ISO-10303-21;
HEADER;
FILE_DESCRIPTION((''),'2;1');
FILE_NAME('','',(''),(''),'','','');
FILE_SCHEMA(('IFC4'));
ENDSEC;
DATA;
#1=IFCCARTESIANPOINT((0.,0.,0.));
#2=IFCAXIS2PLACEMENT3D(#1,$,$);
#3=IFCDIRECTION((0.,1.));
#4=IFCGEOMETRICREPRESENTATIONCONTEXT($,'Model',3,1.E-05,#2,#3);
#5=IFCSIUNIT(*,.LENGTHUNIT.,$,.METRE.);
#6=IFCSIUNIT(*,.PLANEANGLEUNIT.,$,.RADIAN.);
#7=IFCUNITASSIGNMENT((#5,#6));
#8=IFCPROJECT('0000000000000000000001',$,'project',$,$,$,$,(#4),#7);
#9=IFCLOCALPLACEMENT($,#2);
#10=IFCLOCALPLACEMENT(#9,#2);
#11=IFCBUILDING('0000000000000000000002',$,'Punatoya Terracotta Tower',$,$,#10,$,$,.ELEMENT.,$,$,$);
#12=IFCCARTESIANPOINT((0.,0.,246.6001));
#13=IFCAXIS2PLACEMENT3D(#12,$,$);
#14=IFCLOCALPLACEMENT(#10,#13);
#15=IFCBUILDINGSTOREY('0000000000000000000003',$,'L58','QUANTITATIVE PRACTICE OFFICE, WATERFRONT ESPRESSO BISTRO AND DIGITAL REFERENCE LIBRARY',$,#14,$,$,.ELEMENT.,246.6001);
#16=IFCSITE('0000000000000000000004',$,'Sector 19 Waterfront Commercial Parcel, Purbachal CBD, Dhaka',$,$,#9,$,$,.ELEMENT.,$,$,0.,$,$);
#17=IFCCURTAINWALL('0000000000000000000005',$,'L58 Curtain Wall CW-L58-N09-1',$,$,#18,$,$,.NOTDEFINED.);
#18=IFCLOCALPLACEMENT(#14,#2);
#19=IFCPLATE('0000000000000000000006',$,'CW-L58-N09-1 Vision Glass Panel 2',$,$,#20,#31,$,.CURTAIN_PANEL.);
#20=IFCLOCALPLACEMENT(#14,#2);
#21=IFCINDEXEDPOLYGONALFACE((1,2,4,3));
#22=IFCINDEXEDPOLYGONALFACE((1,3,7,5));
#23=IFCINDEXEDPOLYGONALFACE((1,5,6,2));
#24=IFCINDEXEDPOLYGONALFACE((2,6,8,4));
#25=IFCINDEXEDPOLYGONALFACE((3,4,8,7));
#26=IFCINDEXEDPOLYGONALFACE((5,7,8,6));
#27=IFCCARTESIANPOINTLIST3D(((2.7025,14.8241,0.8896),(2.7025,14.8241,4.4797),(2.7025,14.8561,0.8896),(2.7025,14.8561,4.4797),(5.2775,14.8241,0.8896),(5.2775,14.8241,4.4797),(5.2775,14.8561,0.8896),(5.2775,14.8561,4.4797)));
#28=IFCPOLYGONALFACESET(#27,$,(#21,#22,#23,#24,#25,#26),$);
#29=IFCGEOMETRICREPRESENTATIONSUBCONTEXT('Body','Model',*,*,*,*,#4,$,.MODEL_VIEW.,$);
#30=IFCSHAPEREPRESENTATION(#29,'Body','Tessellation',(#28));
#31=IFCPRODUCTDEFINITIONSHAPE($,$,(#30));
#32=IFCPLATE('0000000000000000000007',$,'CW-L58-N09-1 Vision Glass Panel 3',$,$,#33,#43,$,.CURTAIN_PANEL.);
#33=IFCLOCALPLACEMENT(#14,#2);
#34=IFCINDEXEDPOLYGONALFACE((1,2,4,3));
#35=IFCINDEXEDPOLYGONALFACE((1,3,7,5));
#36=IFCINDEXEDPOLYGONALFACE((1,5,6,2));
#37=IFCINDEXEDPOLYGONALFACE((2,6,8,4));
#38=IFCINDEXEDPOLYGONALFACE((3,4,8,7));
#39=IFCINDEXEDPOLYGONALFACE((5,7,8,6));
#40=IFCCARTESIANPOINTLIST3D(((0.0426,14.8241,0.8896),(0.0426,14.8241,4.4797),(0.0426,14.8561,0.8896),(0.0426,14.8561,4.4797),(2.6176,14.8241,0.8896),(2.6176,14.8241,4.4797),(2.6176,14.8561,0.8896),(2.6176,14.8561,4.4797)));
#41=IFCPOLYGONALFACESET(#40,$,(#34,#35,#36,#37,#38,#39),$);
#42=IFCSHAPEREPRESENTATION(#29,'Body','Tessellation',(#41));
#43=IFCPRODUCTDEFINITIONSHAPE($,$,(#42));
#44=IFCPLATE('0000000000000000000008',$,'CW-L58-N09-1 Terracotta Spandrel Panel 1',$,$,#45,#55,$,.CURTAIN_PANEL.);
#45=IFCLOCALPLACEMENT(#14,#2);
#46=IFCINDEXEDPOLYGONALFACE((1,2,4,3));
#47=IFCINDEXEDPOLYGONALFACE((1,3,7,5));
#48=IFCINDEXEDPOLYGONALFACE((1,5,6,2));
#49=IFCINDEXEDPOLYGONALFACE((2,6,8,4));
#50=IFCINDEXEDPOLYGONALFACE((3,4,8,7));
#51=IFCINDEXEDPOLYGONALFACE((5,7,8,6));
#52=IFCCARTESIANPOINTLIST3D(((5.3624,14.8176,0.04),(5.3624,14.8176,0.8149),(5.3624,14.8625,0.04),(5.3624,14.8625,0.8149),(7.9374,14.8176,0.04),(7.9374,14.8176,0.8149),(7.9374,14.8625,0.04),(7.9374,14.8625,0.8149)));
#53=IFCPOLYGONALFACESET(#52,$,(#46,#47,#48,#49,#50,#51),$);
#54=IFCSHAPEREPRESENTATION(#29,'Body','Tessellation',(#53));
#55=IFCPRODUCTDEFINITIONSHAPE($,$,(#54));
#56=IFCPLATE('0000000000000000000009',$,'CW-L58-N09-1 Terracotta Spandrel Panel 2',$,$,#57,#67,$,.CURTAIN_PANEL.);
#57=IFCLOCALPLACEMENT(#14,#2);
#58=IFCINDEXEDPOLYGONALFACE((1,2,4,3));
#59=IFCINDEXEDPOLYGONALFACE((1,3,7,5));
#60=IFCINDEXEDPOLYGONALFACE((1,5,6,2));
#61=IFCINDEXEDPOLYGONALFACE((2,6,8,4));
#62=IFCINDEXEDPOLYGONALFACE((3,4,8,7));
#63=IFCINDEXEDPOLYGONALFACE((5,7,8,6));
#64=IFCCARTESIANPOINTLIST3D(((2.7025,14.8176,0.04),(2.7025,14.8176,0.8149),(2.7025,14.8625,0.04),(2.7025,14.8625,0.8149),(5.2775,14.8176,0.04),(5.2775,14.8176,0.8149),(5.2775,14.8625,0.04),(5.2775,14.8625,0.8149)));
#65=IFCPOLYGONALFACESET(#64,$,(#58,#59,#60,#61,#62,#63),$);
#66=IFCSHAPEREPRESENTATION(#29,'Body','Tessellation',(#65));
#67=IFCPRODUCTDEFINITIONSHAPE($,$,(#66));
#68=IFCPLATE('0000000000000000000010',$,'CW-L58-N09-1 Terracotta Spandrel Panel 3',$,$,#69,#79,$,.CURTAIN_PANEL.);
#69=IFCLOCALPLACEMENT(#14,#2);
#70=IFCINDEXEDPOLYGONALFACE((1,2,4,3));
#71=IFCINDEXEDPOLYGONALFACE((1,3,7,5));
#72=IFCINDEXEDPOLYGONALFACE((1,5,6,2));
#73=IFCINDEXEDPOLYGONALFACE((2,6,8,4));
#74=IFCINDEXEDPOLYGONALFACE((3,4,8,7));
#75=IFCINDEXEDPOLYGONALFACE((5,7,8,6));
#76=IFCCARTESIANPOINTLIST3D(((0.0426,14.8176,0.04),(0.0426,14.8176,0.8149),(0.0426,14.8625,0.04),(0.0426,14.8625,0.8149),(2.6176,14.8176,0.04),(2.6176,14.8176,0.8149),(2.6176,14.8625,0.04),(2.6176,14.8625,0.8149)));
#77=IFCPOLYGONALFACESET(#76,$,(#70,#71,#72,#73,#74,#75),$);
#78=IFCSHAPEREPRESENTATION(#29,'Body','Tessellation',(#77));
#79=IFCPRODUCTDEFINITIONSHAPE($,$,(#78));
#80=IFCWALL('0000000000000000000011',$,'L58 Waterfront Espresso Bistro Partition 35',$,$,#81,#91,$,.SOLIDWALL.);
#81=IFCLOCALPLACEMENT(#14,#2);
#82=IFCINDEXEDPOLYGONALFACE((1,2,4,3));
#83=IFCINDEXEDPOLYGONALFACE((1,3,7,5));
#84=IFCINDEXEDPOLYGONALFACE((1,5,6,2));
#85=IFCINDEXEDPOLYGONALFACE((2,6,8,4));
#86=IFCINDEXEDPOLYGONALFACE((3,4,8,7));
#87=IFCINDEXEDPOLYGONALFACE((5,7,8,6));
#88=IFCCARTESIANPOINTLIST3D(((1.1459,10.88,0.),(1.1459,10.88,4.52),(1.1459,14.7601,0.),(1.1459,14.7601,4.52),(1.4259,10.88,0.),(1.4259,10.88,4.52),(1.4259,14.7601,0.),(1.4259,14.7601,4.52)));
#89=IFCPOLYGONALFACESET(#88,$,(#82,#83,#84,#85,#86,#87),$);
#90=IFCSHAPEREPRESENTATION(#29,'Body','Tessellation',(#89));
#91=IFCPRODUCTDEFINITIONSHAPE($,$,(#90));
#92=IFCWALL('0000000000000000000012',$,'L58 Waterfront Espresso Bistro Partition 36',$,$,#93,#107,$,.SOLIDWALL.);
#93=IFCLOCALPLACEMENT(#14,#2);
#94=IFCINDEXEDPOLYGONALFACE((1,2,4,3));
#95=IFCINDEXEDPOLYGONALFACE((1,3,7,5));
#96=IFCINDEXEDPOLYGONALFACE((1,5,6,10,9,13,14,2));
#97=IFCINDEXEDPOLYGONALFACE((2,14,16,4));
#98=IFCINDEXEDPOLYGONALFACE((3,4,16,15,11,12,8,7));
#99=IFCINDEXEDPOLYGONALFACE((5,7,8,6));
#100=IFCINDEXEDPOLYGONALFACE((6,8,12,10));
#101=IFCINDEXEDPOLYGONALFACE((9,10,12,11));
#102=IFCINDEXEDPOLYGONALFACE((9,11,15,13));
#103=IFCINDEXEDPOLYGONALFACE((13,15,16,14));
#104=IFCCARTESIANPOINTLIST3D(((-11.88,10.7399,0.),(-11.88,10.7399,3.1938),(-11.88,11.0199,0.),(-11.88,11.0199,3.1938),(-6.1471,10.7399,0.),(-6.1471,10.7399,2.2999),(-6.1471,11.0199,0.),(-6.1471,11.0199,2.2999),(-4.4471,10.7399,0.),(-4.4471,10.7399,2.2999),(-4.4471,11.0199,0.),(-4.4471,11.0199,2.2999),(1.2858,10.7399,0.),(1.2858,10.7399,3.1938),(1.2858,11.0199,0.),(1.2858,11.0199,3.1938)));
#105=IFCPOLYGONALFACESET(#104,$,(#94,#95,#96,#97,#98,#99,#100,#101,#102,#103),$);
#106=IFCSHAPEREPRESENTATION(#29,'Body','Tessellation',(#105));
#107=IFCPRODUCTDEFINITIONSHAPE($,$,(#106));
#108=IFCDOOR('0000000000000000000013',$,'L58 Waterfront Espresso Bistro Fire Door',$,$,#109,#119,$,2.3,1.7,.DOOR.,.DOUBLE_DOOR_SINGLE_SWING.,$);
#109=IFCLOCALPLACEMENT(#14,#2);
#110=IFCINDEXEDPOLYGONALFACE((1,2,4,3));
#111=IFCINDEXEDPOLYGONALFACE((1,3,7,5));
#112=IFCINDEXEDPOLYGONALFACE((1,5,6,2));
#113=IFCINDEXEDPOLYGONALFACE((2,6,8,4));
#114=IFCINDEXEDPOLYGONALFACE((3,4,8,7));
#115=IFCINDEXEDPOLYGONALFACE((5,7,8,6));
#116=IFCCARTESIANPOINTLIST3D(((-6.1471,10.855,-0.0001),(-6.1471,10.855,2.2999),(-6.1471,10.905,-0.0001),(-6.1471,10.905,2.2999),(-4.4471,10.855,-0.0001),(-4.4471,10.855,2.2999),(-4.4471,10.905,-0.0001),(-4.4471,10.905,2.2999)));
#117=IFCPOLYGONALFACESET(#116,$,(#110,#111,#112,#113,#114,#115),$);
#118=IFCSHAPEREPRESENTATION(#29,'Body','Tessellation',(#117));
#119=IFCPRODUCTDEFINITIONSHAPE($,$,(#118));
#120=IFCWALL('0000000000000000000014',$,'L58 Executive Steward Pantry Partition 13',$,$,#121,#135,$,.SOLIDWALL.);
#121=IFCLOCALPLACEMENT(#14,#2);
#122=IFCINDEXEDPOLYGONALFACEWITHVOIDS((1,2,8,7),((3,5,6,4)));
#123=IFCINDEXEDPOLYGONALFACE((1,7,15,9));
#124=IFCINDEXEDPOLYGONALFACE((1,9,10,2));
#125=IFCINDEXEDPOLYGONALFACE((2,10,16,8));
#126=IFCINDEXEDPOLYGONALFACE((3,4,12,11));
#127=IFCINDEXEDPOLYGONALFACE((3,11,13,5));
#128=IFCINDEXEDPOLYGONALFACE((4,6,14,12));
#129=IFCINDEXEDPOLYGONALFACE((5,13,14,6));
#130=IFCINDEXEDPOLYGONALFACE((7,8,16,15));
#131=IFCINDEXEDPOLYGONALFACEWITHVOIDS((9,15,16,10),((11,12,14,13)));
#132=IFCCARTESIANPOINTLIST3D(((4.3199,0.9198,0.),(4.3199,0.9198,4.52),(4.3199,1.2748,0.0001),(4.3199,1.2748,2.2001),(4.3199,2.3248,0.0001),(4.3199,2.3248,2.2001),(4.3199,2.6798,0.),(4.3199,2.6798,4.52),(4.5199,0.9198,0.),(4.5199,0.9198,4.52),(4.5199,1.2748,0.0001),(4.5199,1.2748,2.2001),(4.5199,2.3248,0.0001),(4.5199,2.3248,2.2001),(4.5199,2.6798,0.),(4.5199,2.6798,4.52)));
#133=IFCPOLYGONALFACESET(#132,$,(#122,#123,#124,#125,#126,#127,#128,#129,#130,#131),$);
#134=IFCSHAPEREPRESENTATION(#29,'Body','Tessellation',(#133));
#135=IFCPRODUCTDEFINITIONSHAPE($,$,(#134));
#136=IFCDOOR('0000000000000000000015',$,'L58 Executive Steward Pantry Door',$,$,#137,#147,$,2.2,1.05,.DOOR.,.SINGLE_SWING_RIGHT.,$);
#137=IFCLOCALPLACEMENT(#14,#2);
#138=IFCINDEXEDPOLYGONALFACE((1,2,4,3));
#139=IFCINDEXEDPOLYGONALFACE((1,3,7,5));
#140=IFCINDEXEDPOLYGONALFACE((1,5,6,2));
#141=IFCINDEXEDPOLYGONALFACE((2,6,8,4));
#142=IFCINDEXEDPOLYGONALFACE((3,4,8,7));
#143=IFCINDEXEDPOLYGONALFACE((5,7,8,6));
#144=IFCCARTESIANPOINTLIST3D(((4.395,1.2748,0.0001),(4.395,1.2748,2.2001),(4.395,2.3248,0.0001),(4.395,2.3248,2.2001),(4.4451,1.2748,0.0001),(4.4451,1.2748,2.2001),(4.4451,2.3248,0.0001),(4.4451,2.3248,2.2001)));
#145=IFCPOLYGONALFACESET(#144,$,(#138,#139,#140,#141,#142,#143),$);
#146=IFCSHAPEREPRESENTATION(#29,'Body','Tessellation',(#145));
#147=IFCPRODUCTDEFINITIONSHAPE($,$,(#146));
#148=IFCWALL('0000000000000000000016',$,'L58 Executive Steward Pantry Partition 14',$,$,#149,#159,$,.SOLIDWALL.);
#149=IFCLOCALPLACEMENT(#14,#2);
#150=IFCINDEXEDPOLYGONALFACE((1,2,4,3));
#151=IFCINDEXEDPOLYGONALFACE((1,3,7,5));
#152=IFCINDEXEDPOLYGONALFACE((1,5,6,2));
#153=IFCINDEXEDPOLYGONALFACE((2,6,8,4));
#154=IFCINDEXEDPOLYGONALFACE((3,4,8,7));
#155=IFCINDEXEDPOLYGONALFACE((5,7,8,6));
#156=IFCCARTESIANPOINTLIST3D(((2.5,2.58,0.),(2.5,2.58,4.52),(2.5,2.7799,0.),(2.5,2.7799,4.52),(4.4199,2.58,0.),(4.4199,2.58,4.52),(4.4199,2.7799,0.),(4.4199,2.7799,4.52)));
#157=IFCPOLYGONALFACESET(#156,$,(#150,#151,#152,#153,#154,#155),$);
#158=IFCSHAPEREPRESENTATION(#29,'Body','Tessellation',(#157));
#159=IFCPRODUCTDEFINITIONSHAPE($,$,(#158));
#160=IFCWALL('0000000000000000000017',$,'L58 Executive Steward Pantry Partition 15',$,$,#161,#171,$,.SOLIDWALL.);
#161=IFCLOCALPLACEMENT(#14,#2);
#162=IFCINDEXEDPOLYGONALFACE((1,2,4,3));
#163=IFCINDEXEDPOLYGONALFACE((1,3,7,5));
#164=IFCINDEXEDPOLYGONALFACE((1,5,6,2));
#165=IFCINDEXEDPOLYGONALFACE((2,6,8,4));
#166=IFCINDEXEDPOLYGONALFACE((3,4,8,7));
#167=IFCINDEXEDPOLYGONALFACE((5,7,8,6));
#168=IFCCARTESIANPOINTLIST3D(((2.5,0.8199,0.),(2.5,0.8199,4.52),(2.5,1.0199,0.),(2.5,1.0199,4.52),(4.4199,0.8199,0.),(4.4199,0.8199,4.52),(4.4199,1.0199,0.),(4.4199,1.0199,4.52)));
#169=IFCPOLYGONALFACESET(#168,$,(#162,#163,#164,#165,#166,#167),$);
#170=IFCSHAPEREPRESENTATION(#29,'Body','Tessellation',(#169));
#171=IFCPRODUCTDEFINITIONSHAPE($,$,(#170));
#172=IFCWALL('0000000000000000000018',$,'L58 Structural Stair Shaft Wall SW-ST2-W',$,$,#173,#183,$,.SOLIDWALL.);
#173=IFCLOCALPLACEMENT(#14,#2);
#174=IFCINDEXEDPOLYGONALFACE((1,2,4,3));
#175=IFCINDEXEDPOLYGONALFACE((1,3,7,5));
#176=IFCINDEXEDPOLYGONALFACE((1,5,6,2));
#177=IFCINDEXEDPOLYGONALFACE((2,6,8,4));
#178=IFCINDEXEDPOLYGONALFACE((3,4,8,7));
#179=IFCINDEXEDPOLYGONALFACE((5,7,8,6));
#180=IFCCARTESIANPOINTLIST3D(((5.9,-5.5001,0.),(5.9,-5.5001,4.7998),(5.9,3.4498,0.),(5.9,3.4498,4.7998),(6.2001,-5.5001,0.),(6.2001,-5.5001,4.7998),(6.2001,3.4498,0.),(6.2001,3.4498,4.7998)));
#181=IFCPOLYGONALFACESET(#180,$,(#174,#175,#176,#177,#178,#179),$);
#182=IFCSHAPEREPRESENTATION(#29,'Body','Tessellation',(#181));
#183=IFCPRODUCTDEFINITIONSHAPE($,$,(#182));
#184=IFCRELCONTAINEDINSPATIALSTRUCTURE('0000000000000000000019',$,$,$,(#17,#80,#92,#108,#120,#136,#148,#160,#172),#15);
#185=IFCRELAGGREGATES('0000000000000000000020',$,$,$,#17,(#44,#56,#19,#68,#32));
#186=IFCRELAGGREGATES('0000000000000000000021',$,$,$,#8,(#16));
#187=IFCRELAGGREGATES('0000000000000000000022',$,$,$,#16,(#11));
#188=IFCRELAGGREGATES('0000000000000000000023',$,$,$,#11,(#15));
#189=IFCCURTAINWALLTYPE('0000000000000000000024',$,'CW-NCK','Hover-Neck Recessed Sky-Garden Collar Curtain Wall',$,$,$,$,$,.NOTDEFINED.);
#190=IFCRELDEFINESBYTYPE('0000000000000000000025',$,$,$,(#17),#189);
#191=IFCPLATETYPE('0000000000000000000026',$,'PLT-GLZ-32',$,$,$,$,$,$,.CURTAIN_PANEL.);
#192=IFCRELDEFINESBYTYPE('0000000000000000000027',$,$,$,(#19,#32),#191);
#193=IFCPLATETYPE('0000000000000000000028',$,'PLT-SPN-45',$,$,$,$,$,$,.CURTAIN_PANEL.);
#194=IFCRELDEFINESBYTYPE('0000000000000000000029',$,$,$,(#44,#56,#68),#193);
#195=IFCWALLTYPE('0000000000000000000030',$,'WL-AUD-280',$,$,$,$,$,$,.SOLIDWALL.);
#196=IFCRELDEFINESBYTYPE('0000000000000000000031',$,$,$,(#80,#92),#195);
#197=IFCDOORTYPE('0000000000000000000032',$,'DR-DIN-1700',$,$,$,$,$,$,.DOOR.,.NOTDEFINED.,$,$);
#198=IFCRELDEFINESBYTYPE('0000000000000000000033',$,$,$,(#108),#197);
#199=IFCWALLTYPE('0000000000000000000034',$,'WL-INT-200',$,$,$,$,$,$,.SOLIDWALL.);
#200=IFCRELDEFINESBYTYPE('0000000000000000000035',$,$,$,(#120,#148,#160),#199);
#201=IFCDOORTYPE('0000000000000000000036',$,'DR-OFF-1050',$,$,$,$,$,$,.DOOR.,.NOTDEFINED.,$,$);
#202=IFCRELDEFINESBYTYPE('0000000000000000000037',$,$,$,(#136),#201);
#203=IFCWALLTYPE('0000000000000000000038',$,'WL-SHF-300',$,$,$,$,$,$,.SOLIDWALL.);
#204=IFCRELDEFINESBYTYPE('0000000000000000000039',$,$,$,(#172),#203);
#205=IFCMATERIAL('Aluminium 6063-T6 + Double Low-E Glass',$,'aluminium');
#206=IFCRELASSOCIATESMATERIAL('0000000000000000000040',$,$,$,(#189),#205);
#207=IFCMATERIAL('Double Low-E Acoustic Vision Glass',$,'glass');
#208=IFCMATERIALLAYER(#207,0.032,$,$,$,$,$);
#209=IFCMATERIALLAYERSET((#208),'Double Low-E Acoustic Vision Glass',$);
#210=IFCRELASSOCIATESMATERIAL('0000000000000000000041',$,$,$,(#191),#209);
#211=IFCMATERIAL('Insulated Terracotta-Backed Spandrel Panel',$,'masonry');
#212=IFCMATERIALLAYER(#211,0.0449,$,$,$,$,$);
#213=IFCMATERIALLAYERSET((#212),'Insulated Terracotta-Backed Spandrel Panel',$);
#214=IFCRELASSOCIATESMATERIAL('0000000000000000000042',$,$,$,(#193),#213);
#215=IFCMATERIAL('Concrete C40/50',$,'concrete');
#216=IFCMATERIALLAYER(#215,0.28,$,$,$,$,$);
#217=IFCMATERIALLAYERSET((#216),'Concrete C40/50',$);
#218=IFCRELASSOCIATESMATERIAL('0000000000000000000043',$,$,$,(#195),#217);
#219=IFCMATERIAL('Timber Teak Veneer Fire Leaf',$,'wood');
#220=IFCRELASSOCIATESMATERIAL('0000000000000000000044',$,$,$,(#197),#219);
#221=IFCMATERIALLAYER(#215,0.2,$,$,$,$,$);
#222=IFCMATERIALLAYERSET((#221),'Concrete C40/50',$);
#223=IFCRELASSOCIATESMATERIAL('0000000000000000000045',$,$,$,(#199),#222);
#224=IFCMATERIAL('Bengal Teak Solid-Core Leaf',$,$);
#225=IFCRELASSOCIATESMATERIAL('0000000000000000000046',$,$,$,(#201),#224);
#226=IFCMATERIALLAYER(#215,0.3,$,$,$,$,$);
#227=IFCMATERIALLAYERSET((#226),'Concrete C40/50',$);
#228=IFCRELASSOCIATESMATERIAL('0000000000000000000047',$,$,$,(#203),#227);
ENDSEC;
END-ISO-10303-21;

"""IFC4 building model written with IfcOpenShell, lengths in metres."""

from ifc_helpers import new_model, si_unit, direction, frame, frame_2d, origin, origin_2d, place, context, subcontext, project, spatial, rectangle, extrude, material, layer, layer_set, type_object, element, fill, aggregate, save


model = new_model("IFC4")

# Units and contexts
model_context = context("Model", 3, precision=1e-05, world=origin(), true_north=direction((0.0, 1.0)))
body_context = subcontext(model_context, "Body", "Model", "MODEL_VIEW")
ifc_project = project(units=[si_unit("LENGTHUNIT", "METRE"), si_unit("PLANEANGLEUNIT", "RADIAN")], contexts=[model_context])

# Site, building, storey
site_placement = place(None, origin())
site = spatial("IfcSite", under=ifc_project, at=site_placement, Name="Sector 19 Waterfront Commercial Parcel, Purbachal CBD, Dhaka", CompositionType="ELEMENT", RefElevation=0.0)
building_placement = place(site_placement, origin())
building = spatial("IfcBuilding", under=site, at=building_placement, Name="Punatoya Terracotta Tower", CompositionType="ELEMENT")
storey_placement = place(building_placement, frame((0.0, 0.0, 246.6001)))
storey = spatial("IfcBuildingStorey", under=building, at=storey_placement, Name="L58", Description="QUANTITATIVE PRACTICE OFFICE, WATERFRONT ESPRESSO BISTRO AND DIGITAL REFERENCE LIBRARY", CompositionType="ELEMENT", Elevation=246.6001)

# Curtain wall, plates
ifc_material_1 = material(Name="Aluminium 6063-T6 + Double Low-E Glass", Category="aluminium")
curtain_wall_type = type_object("IfcCurtainWallType", Name="CW-NCK", Description="Hover-Neck Recessed Sky-Garden Collar Curtain Wall", PredefinedType="NOTDEFINED", material=ifc_material_1)
curtain_wall_placement = place(storey_placement, origin())
curtain_wall = element("IfcCurtainWall", 1, at=curtain_wall_placement, inside=storey, type_object=curtain_wall_type, Name="L58 Curtain Wall CW-L58-N09-1", PredefinedType="NOTDEFINED")
ifc_material_2 = material(Name="Double Low-E Acoustic Vision Glass", Category="glass")
ifc_layer_1 = layer(ifc_material_2, 0.032)
ifc_layer_set_1 = layer_set([ifc_layer_1], Name="Double Low-E Acoustic Vision Glass")
plate_type_1 = type_object("IfcPlateType", Name="PLT-GLZ-32", PredefinedType="CURTAIN_PANEL", material=ifc_layer_set_1)
plate_1_placement = place(storey_placement, frame((3.99, 14.8401, 0.8896), z_axis=(0.0, 0.0, 1.0), x_axis=(-1.0, 0.0, 0.0)))
plate_1 = element("IfcPlate", 2, at=plate_1_placement, type_object=plate_type_1, Name="CW-L58-N09-1 Vision Glass Panel 2", PredefinedType="CURTAIN_PANEL", context=body_context, shape_type="SweptSolid", body=[
    extrude(rectangle(XDim=2.575, YDim=0.032, at=origin_2d()), origin(), (0.0, 0.0, 1.0), 3.5901),
])
plate_2_placement = place(storey_placement, frame((1.3301, 14.8401, 0.8896), z_axis=(0.0, 0.0, 1.0), x_axis=(-1.0, 0.0, 0.0)))
plate_2 = element("IfcPlate", 3, at=plate_2_placement, type_object=plate_type_1, Name="CW-L58-N09-1 Vision Glass Panel 3", PredefinedType="CURTAIN_PANEL", context=body_context, shape_type="SweptSolid", body=[
    extrude(rectangle(XDim=2.575, YDim=0.032, at=origin_2d()), origin(), (0.0, 0.0, 1.0), 3.5901),
])
ifc_material_3 = material(Name="Insulated Terracotta-Backed Spandrel Panel", Category="masonry")
ifc_layer_2 = layer(ifc_material_3, 0.0449)
ifc_layer_set_2 = layer_set([ifc_layer_2], Name="Insulated Terracotta-Backed Spandrel Panel")
plate_type_2 = type_object("IfcPlateType", Name="PLT-SPN-45", PredefinedType="CURTAIN_PANEL", material=ifc_layer_set_2)
plate_3_placement = place(storey_placement, frame((6.6499, 14.8401, 0.04), z_axis=(0.0, 0.0, 1.0), x_axis=(-1.0, 0.0, 0.0)))
plate_3 = element("IfcPlate", 4, at=plate_3_placement, type_object=plate_type_2, Name="CW-L58-N09-1 Terracotta Spandrel Panel 1", PredefinedType="CURTAIN_PANEL", context=body_context, shape_type="SweptSolid", body=[
    extrude(rectangle(XDim=2.575, YDim=0.0449, at=origin_2d()), origin(), (0.0, 0.0, 1.0), 0.7749),
])
plate_4_placement = place(storey_placement, frame((3.99, 14.8401, 0.04), z_axis=(0.0, 0.0, 1.0), x_axis=(-1.0, 0.0, 0.0)))
plate_4 = element("IfcPlate", 5, at=plate_4_placement, type_object=plate_type_2, Name="CW-L58-N09-1 Terracotta Spandrel Panel 2", PredefinedType="CURTAIN_PANEL", context=body_context, shape_type="SweptSolid", body=[
    extrude(rectangle(XDim=2.575, YDim=0.0449, at=origin_2d()), origin(), (0.0, 0.0, 1.0), 0.7749),
])
plate_5_placement = place(storey_placement, frame((1.3301, 14.8401, 0.04), z_axis=(0.0, 0.0, 1.0), x_axis=(-1.0, 0.0, 0.0)))
plate_5 = element("IfcPlate", 6, at=plate_5_placement, type_object=plate_type_2, Name="CW-L58-N09-1 Terracotta Spandrel Panel 3", PredefinedType="CURTAIN_PANEL", context=body_context, shape_type="SweptSolid", body=[
    extrude(rectangle(XDim=2.575, YDim=0.0449, at=origin_2d()), origin(), (0.0, 0.0, 1.0), 0.7749),
])
aggregate(curtain_wall, [plate_3, plate_4, plate_1, plate_5, plate_2])

# Wall
ifc_material_4 = material(Name="Concrete C40/50", Category="concrete")
ifc_layer_3 = layer(ifc_material_4, 0.28)
ifc_layer_set_3 = layer_set([ifc_layer_3], Name="Concrete C40/50")
wall_type_1 = type_object("IfcWallType", Name="WL-AUD-280", PredefinedType="SOLIDWALL", material=ifc_layer_set_3)
wall_1_placement = place(storey_placement, frame((1.2859, 14.76, 0.0), z_axis=(0.0, 0.0, 1.0), x_axis=(0.0, -1.0, 0.0)))
element("IfcWall", 7, at=wall_1_placement, inside=storey, type_object=wall_type_1, Name="L58 Waterfront Espresso Bistro Partition 35", PredefinedType="SOLIDWALL", context=body_context, shape_type="SweptSolid", body=[
    extrude(rectangle(XDim=3.8801, YDim=0.28, at=frame_2d((1.9399, 0.0))), origin(), (0.0, 0.0, 1.0), 4.52),
])

# Walls, openings, doors
wall_2_placement = place(storey_placement, frame((1.2859, 10.8799, 0.0), z_axis=(0.0, 0.0, 1.0), x_axis=(-1.0, 0.0, 0.0)))
wall_2 = element("IfcWall", 8, at=wall_2_placement, inside=storey, type_object=wall_type_1, Name="L58 Waterfront Espresso Bistro Partition 36", PredefinedType="SOLIDWALL", context=body_context, shape_type="SweptSolid", body=[
    extrude(rectangle(XDim=13.1658, YDim=0.28, at=frame_2d((6.583, 0.0))), origin(), (0.0, 0.0, 1.0), 3.1938),
])
opening_1_placement = place(wall_2_placement, frame((5.7329, 0.0, 0.0)))
opening_1 = element("IfcOpeningElement", 9, at=opening_1_placement, cuts=wall_2, PredefinedType="OPENING", context=body_context, shape_type="SweptSolid", body=[
    extrude(rectangle(XDim=1.7, YDim=2.3, at=frame_2d((0.8501, 1.1499))), frame((0.0, 0.1499, 0.0), z_axis=(0.0, -1.0, 0.0), x_axis=(1.0, 0.0, 0.0)), (0.0, 0.0, 1.0), 0.3),
])
ifc_material_5 = material(Name="Timber Teak Veneer Fire Leaf", Category="wood")
door_type_1 = type_object("IfcDoorType", Name="DR-DIN-1700", OperationType="NOTDEFINED", PredefinedType="DOOR", material=ifc_material_5)
door_1_placement = place(opening_1_placement, origin())
door_1 = element("IfcDoor", 10, at=door_1_placement, inside=storey, type_object=door_type_1, Name="L58 Waterfront Espresso Bistro Fire Door", OperationType="DOUBLE_DOOR_SINGLE_SWING", OverallHeight=2.3, OverallWidth=1.7, PredefinedType="DOOR", context=body_context, shape_type="SweptSolid", body=[
    extrude(rectangle(XDim=1.7, YDim=2.3, at=frame_2d((0.8501, 1.1499))), frame((0.0, 0.0249, 0.0), z_axis=(0.0, -1.0, 0.0), x_axis=(1.0, 0.0, 0.0)), (0.0, 0.0, 1.0), 0.05),
])
fill(opening_1, door_1)
ifc_layer_4 = layer(ifc_material_4, 0.2)
ifc_layer_set_4 = layer_set([ifc_layer_4], Name="Concrete C40/50")
wall_type_2 = type_object("IfcWallType", Name="WL-INT-200", PredefinedType="SOLIDWALL", material=ifc_layer_set_4)
wall_3_placement = place(storey_placement, frame((4.4199, 0.9199, 0.0), z_axis=(0.0, 0.0, 1.0), x_axis=(0.0, 1.0, 0.0)))
wall_3 = element("IfcWall", 11, at=wall_3_placement, inside=storey, type_object=wall_type_2, Name="L58 Executive Steward Pantry Partition 13", PredefinedType="SOLIDWALL", context=body_context, shape_type="SweptSolid", body=[
    extrude(rectangle(XDim=1.76, YDim=0.2, at=frame_2d((0.8799, 0.0))), origin(), (0.0, 0.0, 1.0), 4.52),
])
opening_2_placement = place(wall_3_placement, frame((0.355, 0.0, 0.0)))
opening_2 = element("IfcOpeningElement", 12, at=opening_2_placement, cuts=wall_3, PredefinedType="OPENING", context=body_context, shape_type="SweptSolid", body=[
    extrude(rectangle(XDim=1.05, YDim=2.2, at=frame_2d((0.5249, 1.1001))), frame((0.0, 0.1099, 0.0), z_axis=(0.0, -1.0, 0.0), x_axis=(1.0, 0.0, 0.0)), (0.0, 0.0, 1.0), 0.22),
])
ifc_material_6 = material(Name="Bengal Teak Solid-Core Leaf")
door_type_2 = type_object("IfcDoorType", Name="DR-OFF-1050", OperationType="NOTDEFINED", PredefinedType="DOOR", material=ifc_material_6)
door_2_placement = place(opening_2_placement, origin())
door_2 = element("IfcDoor", 13, at=door_2_placement, inside=storey, type_object=door_type_2, Name="L58 Executive Steward Pantry Door", OperationType="SINGLE_SWING_RIGHT", OverallHeight=2.2, OverallWidth=1.05, PredefinedType="DOOR", context=body_context, shape_type="SweptSolid", body=[
    extrude(rectangle(XDim=1.05, YDim=2.2, at=frame_2d((0.5249, 1.1001))), frame((0.0, 0.0249, 0.0), z_axis=(0.0, -1.0, 0.0), x_axis=(1.0, 0.0, 0.0)), (0.0, 0.0, 1.0), 0.05),
])
fill(opening_2, door_2)

# Walls
for number, where, z_axis, x_axis, name in (
    (14, (4.4199, 2.6799, 0.0), (0.0, 0.0, 1.0), (-1.0, 0.0, 0.0), "L58 Executive Steward Pantry Partition 14"),
    (15, (2.5, 0.9199, 0.0), (0.0, 0.0, 1.0), (1.0, 0.0, 0.0), "L58 Executive Steward Pantry Partition 15"),
):
    element("IfcWall", number, at=place(storey_placement, frame(where, z_axis=z_axis, x_axis=x_axis)), inside=storey, type_object=wall_type_2, Name=name, PredefinedType="SOLIDWALL", context=body_context, shape_type="SweptSolid", body=[
        extrude(rectangle(XDim=1.9199, YDim=0.2, at=frame_2d((0.96, 0.0))), origin(), (0.0, 0.0, 1.0), 4.52),
    ])
ifc_layer_5 = layer(ifc_material_4, 0.3)
ifc_layer_set_5 = layer_set([ifc_layer_5], Name="Concrete C40/50")
wall_type_3 = type_object("IfcWallType", Name="WL-SHF-300", PredefinedType="SOLIDWALL", material=ifc_layer_set_5)
wall_4_placement = place(storey_placement, frame((6.05, 3.45, 0.0), z_axis=(0.0, 0.0, 1.0), x_axis=(0.0, -1.0, 0.0)))
element("IfcWall", 16, at=wall_4_placement, inside=storey, type_object=wall_type_3, Name="L58 Structural Stair Shaft Wall SW-ST2-W", PredefinedType="SOLIDWALL", context=body_context, shape_type="SweptSolid", body=[
    extrude(rectangle(XDim=8.95, YDim=0.3, at=frame_2d((4.4751, 0.0))), origin(), (0.0, 0.0, 1.0), 4.7998),
])

save(model, "model.ifc")
